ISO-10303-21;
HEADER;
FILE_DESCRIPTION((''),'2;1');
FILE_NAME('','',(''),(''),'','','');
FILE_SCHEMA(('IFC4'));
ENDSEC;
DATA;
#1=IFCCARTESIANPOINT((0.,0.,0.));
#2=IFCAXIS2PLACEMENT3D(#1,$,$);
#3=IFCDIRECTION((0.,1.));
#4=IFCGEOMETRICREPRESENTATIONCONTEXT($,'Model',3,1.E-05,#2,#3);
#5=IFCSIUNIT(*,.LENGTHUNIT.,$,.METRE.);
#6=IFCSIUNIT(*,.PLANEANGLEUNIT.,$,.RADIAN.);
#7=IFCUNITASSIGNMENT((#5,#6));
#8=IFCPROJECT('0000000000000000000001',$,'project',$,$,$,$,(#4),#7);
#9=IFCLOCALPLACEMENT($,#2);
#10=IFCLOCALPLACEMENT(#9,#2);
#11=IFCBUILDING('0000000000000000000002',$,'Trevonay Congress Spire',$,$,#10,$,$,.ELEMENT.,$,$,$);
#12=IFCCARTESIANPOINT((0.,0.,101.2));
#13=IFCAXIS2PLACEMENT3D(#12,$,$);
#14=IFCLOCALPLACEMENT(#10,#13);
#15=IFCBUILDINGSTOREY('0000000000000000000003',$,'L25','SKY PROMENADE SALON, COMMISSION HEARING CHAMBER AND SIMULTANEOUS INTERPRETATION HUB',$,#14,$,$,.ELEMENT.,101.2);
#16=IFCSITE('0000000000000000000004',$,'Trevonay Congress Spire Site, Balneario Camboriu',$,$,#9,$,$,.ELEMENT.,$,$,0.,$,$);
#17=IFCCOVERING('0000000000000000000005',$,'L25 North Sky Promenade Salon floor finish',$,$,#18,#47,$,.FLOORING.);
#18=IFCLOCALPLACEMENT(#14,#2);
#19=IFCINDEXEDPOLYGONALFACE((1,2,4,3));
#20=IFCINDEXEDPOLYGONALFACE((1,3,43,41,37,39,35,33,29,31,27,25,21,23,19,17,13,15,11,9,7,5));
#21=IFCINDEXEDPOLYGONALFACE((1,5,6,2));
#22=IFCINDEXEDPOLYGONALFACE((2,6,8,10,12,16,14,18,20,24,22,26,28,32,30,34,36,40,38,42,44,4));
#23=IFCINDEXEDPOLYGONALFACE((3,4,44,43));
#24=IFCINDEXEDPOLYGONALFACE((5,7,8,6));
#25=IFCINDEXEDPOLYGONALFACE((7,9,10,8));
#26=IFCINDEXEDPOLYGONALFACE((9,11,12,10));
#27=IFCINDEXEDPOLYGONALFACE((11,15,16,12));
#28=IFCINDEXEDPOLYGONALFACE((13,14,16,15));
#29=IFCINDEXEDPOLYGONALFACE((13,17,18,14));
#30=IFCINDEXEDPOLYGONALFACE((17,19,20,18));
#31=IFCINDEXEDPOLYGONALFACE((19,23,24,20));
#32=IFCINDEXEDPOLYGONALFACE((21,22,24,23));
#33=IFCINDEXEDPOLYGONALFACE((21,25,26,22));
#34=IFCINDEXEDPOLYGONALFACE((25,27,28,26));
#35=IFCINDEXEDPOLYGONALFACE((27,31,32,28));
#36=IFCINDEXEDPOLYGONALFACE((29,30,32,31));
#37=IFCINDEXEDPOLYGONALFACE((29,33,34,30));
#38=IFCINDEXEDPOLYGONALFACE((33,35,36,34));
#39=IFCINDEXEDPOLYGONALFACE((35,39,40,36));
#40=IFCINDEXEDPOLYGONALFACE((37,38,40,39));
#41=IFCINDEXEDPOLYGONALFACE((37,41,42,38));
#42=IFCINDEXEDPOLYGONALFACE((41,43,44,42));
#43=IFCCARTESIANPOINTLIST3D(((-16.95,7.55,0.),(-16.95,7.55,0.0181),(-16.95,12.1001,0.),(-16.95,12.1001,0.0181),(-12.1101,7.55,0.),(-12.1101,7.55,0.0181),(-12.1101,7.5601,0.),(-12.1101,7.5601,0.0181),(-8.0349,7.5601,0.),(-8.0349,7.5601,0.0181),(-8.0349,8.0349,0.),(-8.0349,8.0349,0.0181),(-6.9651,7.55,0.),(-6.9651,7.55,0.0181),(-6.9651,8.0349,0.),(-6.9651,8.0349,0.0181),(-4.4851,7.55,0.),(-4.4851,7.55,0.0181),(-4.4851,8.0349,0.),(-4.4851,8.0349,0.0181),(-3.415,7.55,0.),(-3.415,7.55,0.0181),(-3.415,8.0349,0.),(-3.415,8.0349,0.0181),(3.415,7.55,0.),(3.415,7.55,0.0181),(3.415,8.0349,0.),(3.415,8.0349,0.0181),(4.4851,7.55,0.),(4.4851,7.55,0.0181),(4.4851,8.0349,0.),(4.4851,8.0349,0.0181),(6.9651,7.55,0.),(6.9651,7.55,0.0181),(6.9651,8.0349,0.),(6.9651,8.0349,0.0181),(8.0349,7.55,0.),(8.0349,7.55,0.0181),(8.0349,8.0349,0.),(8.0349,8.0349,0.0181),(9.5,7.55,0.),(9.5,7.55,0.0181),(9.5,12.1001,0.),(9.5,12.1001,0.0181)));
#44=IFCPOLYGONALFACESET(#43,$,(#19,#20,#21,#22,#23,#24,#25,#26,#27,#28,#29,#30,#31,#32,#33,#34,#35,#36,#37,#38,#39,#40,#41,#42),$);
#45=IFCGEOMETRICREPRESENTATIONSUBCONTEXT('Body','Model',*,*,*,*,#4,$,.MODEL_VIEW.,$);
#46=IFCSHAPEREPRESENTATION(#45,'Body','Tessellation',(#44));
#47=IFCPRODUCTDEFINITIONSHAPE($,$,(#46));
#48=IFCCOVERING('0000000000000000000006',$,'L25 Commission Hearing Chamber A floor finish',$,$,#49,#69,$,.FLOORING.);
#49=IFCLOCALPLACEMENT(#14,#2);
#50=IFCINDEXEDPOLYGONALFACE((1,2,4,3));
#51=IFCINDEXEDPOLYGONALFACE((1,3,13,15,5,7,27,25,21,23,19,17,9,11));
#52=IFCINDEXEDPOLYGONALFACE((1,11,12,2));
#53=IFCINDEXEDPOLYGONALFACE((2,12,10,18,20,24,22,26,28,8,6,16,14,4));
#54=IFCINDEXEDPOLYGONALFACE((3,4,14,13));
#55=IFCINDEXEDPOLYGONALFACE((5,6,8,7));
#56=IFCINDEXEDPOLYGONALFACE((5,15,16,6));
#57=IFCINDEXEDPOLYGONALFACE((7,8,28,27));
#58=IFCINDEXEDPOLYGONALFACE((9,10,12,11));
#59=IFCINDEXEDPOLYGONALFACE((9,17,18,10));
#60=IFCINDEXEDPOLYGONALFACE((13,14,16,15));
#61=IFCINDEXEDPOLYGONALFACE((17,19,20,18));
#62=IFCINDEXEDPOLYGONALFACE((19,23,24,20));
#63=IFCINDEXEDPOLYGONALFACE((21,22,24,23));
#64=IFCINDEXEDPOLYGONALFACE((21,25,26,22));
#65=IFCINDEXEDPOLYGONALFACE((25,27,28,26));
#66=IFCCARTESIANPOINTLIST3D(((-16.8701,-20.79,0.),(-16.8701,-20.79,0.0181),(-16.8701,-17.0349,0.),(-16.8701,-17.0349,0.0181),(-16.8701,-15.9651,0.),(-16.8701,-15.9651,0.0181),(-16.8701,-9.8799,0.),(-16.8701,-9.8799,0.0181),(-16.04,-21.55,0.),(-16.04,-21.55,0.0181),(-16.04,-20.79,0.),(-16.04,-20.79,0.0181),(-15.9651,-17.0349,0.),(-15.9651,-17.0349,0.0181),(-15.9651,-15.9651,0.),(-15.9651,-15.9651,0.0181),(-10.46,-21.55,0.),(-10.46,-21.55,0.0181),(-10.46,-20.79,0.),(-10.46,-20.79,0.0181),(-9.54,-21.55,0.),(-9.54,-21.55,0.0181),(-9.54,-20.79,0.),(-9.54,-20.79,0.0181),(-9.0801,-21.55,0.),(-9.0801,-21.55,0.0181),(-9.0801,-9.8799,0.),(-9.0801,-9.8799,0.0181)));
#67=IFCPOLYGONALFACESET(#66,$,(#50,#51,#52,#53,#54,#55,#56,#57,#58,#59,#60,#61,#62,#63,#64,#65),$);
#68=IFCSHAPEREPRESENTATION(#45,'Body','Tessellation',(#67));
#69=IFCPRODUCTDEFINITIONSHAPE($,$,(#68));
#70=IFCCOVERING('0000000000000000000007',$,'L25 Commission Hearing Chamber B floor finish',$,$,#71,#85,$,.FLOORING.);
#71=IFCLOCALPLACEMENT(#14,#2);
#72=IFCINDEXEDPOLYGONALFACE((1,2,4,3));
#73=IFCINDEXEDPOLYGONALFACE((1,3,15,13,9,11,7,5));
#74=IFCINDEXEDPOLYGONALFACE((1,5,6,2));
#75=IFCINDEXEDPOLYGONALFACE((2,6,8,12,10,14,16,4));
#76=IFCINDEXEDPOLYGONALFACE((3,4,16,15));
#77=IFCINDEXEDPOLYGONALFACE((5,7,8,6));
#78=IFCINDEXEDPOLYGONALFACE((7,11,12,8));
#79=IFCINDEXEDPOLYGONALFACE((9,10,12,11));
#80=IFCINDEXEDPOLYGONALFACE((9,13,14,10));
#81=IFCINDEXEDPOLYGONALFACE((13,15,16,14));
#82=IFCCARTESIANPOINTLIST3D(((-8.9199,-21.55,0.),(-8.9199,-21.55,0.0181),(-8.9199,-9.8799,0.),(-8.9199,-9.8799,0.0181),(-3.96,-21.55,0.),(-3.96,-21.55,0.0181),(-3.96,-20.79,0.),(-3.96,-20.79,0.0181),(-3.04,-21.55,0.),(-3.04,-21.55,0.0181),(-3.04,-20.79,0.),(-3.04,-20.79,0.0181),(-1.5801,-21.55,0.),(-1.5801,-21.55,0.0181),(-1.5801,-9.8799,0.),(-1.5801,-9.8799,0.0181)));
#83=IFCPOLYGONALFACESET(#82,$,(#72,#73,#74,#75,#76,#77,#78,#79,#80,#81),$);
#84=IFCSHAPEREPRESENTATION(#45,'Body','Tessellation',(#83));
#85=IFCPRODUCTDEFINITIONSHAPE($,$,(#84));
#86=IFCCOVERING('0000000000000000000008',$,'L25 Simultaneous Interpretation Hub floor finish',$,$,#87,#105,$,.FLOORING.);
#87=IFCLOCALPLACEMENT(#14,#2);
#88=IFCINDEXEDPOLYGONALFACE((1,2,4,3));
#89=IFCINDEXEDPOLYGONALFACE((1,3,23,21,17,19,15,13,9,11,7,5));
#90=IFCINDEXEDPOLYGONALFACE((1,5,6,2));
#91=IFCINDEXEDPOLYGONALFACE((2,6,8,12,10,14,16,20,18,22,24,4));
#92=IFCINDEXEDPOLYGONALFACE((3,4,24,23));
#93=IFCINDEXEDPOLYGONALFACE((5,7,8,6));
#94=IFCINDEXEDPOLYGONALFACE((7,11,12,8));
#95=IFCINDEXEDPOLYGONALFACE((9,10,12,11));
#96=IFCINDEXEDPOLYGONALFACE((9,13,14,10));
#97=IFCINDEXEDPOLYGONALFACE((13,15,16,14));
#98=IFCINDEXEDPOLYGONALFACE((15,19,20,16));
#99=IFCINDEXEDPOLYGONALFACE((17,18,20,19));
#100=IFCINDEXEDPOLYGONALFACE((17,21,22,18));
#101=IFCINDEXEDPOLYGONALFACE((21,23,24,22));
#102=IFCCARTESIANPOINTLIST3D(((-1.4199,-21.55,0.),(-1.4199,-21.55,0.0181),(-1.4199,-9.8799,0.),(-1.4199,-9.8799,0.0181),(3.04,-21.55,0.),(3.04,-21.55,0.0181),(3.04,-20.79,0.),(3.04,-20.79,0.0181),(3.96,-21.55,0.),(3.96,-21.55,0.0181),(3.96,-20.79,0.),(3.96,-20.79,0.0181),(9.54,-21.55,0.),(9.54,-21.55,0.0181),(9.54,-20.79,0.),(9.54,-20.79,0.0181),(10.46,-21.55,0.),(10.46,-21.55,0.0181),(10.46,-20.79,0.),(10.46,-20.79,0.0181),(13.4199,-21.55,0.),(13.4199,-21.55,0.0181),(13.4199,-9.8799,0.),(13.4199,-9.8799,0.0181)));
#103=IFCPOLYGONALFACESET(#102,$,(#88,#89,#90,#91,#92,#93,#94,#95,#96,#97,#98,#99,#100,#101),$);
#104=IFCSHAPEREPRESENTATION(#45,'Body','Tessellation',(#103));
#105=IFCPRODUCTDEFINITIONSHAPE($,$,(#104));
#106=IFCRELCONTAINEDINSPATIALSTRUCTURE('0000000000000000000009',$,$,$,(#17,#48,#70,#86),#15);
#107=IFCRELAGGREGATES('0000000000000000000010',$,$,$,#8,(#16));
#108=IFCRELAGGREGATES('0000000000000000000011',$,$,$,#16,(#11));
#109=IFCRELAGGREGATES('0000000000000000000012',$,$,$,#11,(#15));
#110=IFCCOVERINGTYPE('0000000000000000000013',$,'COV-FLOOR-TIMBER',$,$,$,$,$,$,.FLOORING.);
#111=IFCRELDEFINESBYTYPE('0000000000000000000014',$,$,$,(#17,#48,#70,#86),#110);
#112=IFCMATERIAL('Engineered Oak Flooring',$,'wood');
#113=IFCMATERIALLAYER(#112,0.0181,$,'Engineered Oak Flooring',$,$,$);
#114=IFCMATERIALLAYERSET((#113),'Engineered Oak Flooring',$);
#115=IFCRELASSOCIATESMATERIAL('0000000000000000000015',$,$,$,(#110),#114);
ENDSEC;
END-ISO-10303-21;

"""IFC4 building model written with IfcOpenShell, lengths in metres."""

from ifc_helpers import new_model, si_unit, direction, frame, origin, place, context, subcontext, project, spatial, polyline, outline, extrude, material, layer, layer_set, type_object, element, save


model = new_model("IFC4")

# Units and contexts
model_context = context("Model", 3, precision=1e-05, world=origin(), true_north=direction((0.0, 1.0)))
body_context = subcontext(model_context, "Body", "Model", "MODEL_VIEW")
ifc_project = project(units=[si_unit("LENGTHUNIT", "METRE"), si_unit("PLANEANGLEUNIT", "RADIAN")], contexts=[model_context])

# Site, building, storey
site_placement = place(None, origin())
site = spatial("IfcSite", under=ifc_project, at=site_placement, Name="Trevonay Congress Spire Site, Balneario Camboriu", CompositionType="ELEMENT", RefElevation=0.0)
building_placement = place(site_placement, origin())
building = spatial("IfcBuilding", under=site, at=building_placement, Name="Trevonay Congress Spire", CompositionType="ELEMENT")
storey_placement = place(building_placement, frame((0.0, 0.0, 101.2)))
storey = spatial("IfcBuildingStorey", under=building, at=storey_placement, Name="L25", Description="SKY PROMENADE SALON, COMMISSION HEARING CHAMBER AND SIMULTANEOUS INTERPRETATION HUB", CompositionType="ELEMENT", Elevation=101.2)

# Coverings
ifc_material_1 = material(Name="Engineered Oak Flooring", Category="wood")
ifc_layer_1 = layer(ifc_material_1, 0.0181, Name="Engineered Oak Flooring")
ifc_layer_set_1 = layer_set([ifc_layer_1], Name="Engineered Oak Flooring")
covering_type_1 = type_object("IfcCoveringType", Name="COV-FLOOR-TIMBER", PredefinedType="FLOORING", material=ifc_layer_set_1)
covering_1_placement = place(storey_placement, origin())
element("IfcCovering", 1, at=covering_1_placement, inside=storey, type_object=covering_type_1, Name="L25 North Sky Promenade Salon floor finish", PredefinedType="FLOORING", context=body_context, shape_type="SweptSolid", body=[
    extrude(outline(polyline([(-16.95, 12.1001), (9.5, 12.1001), (9.5, 7.55), (8.0349, 7.55), (8.0349, 8.0349), (6.9651, 8.0349), (6.9651, 7.55), (4.4851, 7.55), (4.4851, 8.0349), (3.415, 8.0349), (3.415, 7.55), (-3.415, 7.55), (-3.415, 8.0349), (-4.4851, 8.0349), (-4.4851, 7.55), (-6.9651, 7.55), (-6.9651, 8.0349), (-8.0349, 8.0349), (-8.0349, 7.5601), (-12.1101, 7.5601), (-12.1101, 7.55), (-16.95, 7.55), (-16.95, 12.1001)])), origin(), (0.0, 0.0, 1.0), 0.0181),
])
covering_2_placement = place(storey_placement, origin())
element("IfcCovering", 2, at=covering_2_placement, inside=storey, type_object=covering_type_1, Name="L25 Commission Hearing Chamber A floor finish", PredefinedType="FLOORING", context=body_context, shape_type="SweptSolid", body=[
    extrude(outline(polyline([(-16.04, -21.55), (-16.04, -20.79), (-16.8701, -20.79), (-16.8701, -17.0349), (-15.9651, -17.0349), (-15.9651, -15.9651), (-16.8701, -15.9651), (-16.8701, -9.8799), (-9.0801, -9.8799), (-9.0801, -21.55), (-9.54, -21.55), (-9.54, -20.79), (-10.46, -20.79), (-10.46, -21.55), (-16.04, -21.55)])), origin(), (0.0, 0.0, 1.0), 0.0181),
])
covering_3_placement = place(storey_placement, origin())
element("IfcCovering", 3, at=covering_3_placement, inside=storey, type_object=covering_type_1, Name="L25 Commission Hearing Chamber B floor finish", PredefinedType="FLOORING", context=body_context, shape_type="SweptSolid", body=[
    extrude(outline(polyline([(-8.9199, -21.55), (-8.9199, -9.8799), (-1.5801, -9.8799), (-1.5801, -21.55), (-3.04, -21.55), (-3.04, -20.79), (-3.96, -20.79), (-3.96, -21.55), (-8.9199, -21.55)])), origin(), (0.0, 0.0, 1.0), 0.0181),
])
covering_4_placement = place(storey_placement, origin())
element("IfcCovering", 4, at=covering_4_placement, inside=storey, type_object=covering_type_1, Name="L25 Simultaneous Interpretation Hub floor finish", PredefinedType="FLOORING", context=body_context, shape_type="SweptSolid", body=[
    extrude(outline(polyline([(-1.4199, -21.55), (-1.4199, -9.8799), (13.4199, -9.8799), (13.4199, -21.55), (10.46, -21.55), (10.46, -20.79), (9.54, -20.79), (9.54, -21.55), (3.96, -21.55), (3.96, -20.79), (3.04, -20.79), (3.04, -21.55), (-1.4199, -21.55)])), origin(), (0.0, 0.0, 1.0), 0.0181),
])

save(model, "model.ifc")
